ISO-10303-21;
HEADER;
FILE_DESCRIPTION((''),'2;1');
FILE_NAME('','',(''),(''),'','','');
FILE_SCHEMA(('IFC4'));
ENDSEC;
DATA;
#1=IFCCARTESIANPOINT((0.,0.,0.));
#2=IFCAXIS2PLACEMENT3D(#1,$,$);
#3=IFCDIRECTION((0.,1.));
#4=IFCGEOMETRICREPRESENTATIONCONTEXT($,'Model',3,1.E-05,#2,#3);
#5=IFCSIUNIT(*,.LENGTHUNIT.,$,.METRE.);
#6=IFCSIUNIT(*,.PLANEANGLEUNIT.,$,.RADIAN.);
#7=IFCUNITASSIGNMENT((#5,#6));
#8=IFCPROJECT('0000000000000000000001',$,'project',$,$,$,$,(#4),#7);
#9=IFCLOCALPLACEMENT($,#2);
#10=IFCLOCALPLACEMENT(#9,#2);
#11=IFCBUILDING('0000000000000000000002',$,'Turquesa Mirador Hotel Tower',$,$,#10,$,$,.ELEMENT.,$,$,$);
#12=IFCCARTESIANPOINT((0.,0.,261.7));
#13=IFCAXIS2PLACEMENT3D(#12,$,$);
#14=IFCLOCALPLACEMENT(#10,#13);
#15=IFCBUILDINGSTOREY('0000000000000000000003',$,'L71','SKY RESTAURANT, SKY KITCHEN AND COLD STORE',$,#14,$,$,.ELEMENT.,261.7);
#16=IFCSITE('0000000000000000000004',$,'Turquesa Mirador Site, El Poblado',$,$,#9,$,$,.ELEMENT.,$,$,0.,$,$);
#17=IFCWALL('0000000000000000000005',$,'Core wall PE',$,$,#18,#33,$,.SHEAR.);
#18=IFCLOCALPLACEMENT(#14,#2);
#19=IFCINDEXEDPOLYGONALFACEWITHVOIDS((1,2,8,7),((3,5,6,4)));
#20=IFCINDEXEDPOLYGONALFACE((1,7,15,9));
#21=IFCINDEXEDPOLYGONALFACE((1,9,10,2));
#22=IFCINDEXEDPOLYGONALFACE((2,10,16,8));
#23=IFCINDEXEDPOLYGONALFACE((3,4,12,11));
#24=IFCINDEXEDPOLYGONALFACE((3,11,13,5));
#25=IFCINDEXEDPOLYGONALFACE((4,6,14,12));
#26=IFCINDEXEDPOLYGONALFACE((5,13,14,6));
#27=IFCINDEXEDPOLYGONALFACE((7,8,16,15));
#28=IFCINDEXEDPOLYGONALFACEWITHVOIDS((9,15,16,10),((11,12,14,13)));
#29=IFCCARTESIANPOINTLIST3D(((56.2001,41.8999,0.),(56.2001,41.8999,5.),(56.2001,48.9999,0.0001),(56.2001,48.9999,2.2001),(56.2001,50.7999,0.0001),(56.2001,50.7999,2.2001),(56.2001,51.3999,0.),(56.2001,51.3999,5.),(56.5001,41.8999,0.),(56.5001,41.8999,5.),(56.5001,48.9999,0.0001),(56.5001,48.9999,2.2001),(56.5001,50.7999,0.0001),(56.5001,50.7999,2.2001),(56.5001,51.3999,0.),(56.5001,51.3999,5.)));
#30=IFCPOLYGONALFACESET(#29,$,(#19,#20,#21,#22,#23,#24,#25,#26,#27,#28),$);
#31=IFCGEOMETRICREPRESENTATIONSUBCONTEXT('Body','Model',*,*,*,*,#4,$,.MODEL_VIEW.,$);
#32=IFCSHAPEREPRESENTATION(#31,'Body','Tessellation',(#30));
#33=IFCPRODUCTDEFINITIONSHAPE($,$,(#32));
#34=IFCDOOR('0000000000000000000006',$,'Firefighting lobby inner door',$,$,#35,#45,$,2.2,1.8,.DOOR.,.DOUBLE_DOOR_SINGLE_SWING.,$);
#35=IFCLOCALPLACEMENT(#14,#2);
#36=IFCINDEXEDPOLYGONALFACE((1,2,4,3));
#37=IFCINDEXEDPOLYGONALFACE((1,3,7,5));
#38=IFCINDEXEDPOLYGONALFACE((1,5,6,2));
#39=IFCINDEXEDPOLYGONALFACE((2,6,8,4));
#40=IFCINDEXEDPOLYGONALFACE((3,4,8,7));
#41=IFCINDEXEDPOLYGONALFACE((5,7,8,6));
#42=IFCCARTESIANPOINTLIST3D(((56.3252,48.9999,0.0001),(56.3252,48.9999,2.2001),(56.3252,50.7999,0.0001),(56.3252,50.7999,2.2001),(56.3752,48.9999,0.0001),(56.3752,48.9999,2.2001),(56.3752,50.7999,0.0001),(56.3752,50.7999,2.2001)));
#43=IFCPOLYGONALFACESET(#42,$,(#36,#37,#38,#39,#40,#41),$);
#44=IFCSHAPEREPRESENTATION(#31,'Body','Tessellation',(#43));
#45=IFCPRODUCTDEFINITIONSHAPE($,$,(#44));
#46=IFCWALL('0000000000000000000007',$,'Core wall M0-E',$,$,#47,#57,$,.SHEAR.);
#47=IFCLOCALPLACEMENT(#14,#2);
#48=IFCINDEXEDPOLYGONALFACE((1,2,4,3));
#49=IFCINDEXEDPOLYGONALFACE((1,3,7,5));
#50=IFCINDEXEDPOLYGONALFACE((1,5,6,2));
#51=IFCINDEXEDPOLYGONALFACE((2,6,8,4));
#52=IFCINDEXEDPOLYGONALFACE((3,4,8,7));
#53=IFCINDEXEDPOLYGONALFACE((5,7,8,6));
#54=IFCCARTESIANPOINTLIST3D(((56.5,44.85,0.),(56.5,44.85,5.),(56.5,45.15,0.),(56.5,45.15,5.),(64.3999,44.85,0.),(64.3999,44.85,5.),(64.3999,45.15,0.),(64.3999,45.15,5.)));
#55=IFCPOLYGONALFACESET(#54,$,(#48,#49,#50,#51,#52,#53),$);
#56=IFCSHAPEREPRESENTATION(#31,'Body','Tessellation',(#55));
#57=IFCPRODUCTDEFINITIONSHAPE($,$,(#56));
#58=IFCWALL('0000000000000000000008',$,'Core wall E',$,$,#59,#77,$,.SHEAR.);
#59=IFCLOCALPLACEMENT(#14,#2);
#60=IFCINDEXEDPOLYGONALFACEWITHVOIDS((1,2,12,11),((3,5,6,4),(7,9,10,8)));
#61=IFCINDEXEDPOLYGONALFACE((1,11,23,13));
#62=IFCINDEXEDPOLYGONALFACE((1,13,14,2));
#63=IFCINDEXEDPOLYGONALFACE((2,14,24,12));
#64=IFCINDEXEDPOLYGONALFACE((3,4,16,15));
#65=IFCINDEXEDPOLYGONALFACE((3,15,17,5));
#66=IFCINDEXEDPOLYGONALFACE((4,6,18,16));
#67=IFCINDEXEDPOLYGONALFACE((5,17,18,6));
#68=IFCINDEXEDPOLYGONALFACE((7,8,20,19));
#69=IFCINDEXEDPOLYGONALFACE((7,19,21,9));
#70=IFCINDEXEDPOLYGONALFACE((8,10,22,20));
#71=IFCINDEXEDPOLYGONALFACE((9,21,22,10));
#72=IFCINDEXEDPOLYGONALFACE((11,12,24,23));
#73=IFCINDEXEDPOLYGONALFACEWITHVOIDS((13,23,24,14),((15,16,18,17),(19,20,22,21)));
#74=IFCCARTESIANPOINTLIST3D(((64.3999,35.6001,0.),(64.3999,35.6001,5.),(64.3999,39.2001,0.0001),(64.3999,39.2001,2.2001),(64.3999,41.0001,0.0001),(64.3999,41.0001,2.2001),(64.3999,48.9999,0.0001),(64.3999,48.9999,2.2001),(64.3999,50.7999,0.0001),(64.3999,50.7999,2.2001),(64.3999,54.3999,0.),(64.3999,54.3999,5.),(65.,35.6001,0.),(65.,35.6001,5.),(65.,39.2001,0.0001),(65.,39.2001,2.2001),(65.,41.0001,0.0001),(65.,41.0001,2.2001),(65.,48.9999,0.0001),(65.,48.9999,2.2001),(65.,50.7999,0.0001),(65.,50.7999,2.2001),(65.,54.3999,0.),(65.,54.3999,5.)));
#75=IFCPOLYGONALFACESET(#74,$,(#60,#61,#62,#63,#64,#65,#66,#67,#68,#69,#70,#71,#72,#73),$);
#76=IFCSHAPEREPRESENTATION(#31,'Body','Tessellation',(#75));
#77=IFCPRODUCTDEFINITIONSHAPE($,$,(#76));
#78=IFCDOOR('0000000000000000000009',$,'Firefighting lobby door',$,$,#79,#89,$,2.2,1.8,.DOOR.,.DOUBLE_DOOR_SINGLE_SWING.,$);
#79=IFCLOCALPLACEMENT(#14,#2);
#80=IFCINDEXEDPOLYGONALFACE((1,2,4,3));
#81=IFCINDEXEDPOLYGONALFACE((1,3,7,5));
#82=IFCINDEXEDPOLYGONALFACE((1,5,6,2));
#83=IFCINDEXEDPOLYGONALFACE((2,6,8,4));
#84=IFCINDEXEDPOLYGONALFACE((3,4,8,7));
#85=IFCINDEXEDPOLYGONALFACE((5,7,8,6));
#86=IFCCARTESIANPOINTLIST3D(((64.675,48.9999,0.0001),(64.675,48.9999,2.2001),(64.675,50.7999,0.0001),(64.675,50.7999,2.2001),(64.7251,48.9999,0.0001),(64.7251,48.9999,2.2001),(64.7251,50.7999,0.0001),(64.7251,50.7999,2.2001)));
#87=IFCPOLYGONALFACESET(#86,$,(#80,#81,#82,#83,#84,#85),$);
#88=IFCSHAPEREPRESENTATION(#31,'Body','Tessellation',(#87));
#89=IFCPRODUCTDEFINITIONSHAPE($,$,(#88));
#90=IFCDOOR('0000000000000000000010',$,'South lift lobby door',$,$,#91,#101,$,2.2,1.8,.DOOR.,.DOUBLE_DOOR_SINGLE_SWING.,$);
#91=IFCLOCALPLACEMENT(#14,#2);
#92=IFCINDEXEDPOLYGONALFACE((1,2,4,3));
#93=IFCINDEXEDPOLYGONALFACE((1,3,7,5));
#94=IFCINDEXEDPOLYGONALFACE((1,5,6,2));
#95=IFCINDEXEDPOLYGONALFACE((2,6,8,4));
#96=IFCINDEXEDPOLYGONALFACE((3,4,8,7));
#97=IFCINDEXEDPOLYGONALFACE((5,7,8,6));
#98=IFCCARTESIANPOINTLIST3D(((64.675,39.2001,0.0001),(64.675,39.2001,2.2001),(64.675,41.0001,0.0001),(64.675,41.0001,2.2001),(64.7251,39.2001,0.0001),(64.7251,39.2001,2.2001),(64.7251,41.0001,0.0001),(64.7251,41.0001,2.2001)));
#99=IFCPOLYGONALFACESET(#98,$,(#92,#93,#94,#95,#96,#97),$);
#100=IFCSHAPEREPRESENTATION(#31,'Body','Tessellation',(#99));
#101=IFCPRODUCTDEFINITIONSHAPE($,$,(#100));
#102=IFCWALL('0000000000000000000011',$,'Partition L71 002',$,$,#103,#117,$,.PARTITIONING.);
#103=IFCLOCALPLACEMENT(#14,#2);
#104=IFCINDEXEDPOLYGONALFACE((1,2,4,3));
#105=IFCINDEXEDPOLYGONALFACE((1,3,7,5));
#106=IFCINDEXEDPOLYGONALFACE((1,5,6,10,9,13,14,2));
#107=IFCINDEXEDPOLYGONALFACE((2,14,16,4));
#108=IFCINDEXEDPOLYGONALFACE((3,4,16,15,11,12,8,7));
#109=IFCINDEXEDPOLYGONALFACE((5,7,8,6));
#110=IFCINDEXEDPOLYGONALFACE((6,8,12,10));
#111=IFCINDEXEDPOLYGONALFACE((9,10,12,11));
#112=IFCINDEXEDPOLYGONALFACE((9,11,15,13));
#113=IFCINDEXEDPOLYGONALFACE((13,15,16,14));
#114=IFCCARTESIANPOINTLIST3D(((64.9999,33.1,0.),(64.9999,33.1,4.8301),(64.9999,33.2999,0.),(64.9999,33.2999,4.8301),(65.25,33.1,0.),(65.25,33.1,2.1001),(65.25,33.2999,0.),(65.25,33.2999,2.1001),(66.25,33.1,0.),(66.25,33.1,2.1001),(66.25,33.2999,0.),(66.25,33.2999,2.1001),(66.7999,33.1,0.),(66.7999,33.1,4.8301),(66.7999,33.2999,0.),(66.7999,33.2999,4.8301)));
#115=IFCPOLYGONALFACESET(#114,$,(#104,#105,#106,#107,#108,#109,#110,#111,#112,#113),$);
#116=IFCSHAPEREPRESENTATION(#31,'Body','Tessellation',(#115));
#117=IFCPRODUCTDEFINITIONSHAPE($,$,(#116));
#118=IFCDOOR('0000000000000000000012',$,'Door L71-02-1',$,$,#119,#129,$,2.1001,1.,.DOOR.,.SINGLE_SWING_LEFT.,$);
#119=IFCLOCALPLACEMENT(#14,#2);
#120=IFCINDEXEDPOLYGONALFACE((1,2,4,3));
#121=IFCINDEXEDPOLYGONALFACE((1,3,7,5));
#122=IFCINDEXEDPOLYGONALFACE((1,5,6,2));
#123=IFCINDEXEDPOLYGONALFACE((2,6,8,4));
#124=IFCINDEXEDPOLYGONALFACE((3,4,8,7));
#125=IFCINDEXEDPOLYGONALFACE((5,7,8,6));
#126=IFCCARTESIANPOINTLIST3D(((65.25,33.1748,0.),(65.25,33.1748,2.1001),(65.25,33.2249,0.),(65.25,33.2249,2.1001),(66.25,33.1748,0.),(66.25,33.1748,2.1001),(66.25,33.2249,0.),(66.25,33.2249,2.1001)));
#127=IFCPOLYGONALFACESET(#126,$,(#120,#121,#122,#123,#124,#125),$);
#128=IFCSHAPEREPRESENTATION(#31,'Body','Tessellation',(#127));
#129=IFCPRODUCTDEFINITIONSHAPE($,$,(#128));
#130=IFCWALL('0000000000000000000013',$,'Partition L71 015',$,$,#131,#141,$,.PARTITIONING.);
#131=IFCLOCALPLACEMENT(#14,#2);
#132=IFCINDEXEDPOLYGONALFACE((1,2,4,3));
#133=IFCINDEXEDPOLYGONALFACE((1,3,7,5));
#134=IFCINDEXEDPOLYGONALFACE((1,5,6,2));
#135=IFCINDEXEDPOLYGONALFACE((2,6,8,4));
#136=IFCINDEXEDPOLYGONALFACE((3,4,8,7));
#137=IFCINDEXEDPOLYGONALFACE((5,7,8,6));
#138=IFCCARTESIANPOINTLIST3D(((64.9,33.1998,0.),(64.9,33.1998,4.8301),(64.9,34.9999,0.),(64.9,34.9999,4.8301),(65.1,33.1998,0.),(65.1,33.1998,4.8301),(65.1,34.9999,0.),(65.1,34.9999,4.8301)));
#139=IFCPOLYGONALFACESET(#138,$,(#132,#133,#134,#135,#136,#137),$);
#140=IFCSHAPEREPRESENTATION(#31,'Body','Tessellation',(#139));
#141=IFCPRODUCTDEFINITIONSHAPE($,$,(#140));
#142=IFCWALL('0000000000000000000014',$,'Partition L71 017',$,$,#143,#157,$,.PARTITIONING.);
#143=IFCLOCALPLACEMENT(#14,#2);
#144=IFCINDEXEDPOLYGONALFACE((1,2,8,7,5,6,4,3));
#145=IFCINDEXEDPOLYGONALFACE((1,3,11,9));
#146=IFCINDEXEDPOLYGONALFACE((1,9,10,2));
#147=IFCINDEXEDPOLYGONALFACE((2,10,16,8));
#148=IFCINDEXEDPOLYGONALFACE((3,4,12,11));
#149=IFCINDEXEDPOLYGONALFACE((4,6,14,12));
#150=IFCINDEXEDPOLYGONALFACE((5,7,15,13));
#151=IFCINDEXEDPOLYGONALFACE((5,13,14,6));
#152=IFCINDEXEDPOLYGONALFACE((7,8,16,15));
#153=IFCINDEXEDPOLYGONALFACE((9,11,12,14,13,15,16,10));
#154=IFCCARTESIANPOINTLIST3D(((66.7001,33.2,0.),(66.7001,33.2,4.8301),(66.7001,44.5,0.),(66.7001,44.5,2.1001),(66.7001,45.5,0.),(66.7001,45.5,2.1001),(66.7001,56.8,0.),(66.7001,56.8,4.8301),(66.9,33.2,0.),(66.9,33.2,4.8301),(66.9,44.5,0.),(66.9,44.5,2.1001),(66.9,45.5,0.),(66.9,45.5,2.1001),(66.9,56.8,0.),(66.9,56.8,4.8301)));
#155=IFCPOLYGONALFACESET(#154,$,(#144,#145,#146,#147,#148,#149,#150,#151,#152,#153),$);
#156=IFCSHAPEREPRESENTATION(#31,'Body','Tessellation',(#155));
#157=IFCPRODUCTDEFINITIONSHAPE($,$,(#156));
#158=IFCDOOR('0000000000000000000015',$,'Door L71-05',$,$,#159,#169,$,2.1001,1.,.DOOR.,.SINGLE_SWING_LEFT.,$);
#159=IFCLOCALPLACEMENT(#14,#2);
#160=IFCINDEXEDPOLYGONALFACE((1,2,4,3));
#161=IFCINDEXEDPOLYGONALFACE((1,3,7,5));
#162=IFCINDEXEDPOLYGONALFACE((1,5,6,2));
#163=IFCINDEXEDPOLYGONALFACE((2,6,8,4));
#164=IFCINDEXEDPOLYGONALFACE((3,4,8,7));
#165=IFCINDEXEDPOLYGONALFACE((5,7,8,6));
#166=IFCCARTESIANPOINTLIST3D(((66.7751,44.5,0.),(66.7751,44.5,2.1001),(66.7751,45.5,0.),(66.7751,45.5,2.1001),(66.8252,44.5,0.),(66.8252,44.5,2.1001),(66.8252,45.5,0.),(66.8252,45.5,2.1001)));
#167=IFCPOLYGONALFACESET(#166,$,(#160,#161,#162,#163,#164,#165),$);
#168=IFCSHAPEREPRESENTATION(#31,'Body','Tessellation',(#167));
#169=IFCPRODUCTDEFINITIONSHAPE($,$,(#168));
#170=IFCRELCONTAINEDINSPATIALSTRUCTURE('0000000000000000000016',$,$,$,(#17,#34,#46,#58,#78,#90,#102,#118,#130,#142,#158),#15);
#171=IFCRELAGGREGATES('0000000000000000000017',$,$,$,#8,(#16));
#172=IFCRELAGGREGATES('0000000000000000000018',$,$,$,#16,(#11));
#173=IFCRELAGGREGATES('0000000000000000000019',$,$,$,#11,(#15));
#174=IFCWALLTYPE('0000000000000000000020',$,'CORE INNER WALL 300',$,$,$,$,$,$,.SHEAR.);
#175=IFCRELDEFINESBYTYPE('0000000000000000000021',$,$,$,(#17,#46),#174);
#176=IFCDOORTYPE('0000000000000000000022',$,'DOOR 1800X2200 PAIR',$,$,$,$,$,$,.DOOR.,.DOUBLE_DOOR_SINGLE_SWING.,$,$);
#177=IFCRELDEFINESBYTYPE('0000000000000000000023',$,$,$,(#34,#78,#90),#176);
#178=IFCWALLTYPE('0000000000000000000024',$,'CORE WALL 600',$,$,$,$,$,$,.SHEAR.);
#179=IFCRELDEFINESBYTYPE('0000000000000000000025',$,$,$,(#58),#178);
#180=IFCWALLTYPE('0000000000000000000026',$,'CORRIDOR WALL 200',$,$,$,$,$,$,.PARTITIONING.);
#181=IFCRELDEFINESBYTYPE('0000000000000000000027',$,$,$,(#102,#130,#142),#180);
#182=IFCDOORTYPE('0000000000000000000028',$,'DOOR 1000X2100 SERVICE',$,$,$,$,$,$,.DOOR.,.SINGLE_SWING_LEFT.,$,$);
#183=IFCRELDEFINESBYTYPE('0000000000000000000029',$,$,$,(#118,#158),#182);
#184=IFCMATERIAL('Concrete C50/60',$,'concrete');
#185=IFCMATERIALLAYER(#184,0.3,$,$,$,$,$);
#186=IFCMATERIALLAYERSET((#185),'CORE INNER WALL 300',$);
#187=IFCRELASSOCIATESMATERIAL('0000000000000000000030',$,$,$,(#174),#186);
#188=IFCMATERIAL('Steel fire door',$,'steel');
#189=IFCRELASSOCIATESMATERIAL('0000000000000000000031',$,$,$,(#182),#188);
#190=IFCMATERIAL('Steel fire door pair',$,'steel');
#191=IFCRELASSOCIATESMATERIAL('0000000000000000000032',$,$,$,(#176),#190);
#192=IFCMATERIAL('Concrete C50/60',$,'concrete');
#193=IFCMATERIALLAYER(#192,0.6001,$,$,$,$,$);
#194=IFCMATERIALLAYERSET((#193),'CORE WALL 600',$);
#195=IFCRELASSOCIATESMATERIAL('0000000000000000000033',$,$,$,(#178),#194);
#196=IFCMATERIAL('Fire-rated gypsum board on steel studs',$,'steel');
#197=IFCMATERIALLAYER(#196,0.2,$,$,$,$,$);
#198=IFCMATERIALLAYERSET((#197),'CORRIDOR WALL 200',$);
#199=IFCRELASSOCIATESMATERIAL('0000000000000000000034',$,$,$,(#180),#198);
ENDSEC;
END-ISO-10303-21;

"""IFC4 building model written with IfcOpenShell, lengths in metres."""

from ifc_helpers import new_model, si_unit, direction, frame, frame_2d, origin, place, context, subcontext, project, spatial, rectangle, extrude, material, layer, layer_set, type_object, element, fill, save


model = new_model("IFC4")

# Units and contexts
model_context = context("Model", 3, precision=1e-05, world=origin(), true_north=direction((0.0, 1.0)))
body_context = subcontext(model_context, "Body", "Model", "MODEL_VIEW")
ifc_project = project(units=[si_unit("LENGTHUNIT", "METRE"), si_unit("PLANEANGLEUNIT", "RADIAN")], contexts=[model_context])

# Site, building, storey
site_placement = place(None, origin())
site = spatial("IfcSite", under=ifc_project, at=site_placement, Name="Turquesa Mirador Site, El Poblado", CompositionType="ELEMENT", RefElevation=0.0)
building_placement = place(site_placement, origin())
building = spatial("IfcBuilding", under=site, at=building_placement, Name="Turquesa Mirador Hotel Tower", CompositionType="ELEMENT")
storey_placement = place(building_placement, frame((0.0, 0.0, 261.7)))
storey = spatial("IfcBuildingStorey", under=building, at=storey_placement, Name="L71", Description="SKY RESTAURANT, SKY KITCHEN AND COLD STORE", CompositionType="ELEMENT", Elevation=261.7)

# Wall, opening, door
ifc_material_1 = material(Name="Concrete C50/60", Category="concrete")
ifc_layer_1 = layer(ifc_material_1, 0.3)
ifc_layer_set_1 = layer_set([ifc_layer_1], Name="CORE INNER WALL 300")
wall_type_1 = type_object("IfcWallType", Name="CORE INNER WALL 300", PredefinedType="SHEAR", material=ifc_layer_set_1)
ifc_material_2 = material(Name="Steel fire door", Category="steel")
door_type_1 = type_object("IfcDoorType", Name="DOOR 1000X2100 SERVICE", OperationType="SINGLE_SWING_LEFT", PredefinedType="DOOR", material=ifc_material_2)
wall_1_placement = place(storey_placement, frame((56.3501, 41.8999, 0.0), z_axis=(0.0, 0.0, 1.0), x_axis=(0.0, 1.0, 0.0)))
wall_1 = element("IfcWall", 1, at=wall_1_placement, inside=storey, type_object=wall_type_1, Name="Core wall PE", PredefinedType="SHEAR", context=body_context, shape_type="SweptSolid", body=[
    extrude(rectangle(XDim=9.5, YDim=0.3, at=frame_2d((4.75, 0.0))), origin(), (0.0, 0.0, 1.0), 5.0),
])
opening_1_placement = place(wall_1_placement, frame((7.1001, 0.0, 0.0)))
opening_1 = element("IfcOpeningElement", 2, at=opening_1_placement, cuts=wall_1, PredefinedType="OPENING", context=body_context, shape_type="SweptSolid", body=[
    extrude(rectangle(XDim=1.8, YDim=2.2, at=frame_2d((0.8999, 1.1001))), frame((0.0, 0.1599, 0.0), z_axis=(0.0, -1.0, 0.0), x_axis=(1.0, 0.0, 0.0)), (0.0, 0.0, 1.0), 0.3201),
])
ifc_material_3 = material(Name="Steel fire door pair", Category="steel")
door_type_2 = type_object("IfcDoorType", Name="DOOR 1800X2200 PAIR", OperationType="DOUBLE_DOOR_SINGLE_SWING", PredefinedType="DOOR", material=ifc_material_3)
door_1_placement = place(opening_1_placement, origin())
door_1 = element("IfcDoor", 3, at=door_1_placement, inside=storey, type_object=door_type_2, Name="Firefighting lobby inner door", OperationType="DOUBLE_DOOR_SINGLE_SWING", OverallHeight=2.2, OverallWidth=1.8, PredefinedType="DOOR", context=body_context, shape_type="SweptSolid", body=[
    extrude(rectangle(XDim=1.8, YDim=2.2, at=frame_2d((0.8999, 1.1001))), frame((0.0, 0.0249, 0.0), z_axis=(0.0, -1.0, 0.0), x_axis=(1.0, 0.0, 0.0)), (0.0, 0.0, 1.0), 0.05),
])
fill(opening_1, door_1)

# Wall
wall_2_placement = place(storey_placement, frame((56.5, 45.0, 0.0), z_axis=(0.0, 0.0, 1.0), x_axis=(1.0, 0.0, 0.0)))
element("IfcWall", 4, at=wall_2_placement, inside=storey, type_object=wall_type_1, Name="Core wall M0-E", PredefinedType="SHEAR", context=body_context, shape_type="SweptSolid", body=[
    extrude(rectangle(XDim=7.8999, YDim=0.3, at=frame_2d((3.95, 0.0))), origin(), (0.0, 0.0, 1.0), 5.0),
])

# Wall, openings, doors
ifc_material_4 = material(Name="Concrete C50/60", Category="concrete")
ifc_layer_2 = layer(ifc_material_4, 0.6001)
ifc_layer_set_2 = layer_set([ifc_layer_2], Name="CORE WALL 600")
wall_type_2 = type_object("IfcWallType", Name="CORE WALL 600", PredefinedType="SHEAR", material=ifc_layer_set_2)
wall_3_placement = place(storey_placement, frame((64.7, 35.6001, 0.0), z_axis=(0.0, 0.0, 1.0), x_axis=(0.0, 1.0, 0.0)))
wall_3 = element("IfcWall", 5, at=wall_3_placement, inside=storey, type_object=wall_type_2, Name="Core wall E", PredefinedType="SHEAR", context=body_context, shape_type="SweptSolid", body=[
    extrude(rectangle(XDim=18.7998, YDim=0.6001, at=frame_2d((9.3999, 0.0))), origin(), (0.0, 0.0, 1.0), 5.0),
])
opening_2_placement = place(wall_3_placement, frame((13.3999, 0.0, 0.0)))
opening_2 = element("IfcOpeningElement", 6, at=opening_2_placement, cuts=wall_3, PredefinedType="OPENING", context=body_context, shape_type="SweptSolid", body=[
    extrude(rectangle(XDim=1.8, YDim=2.2, at=frame_2d((0.8999, 1.1001))), frame((0.0, 0.3101, 0.0), z_axis=(0.0, -1.0, 0.0), x_axis=(1.0, 0.0, 0.0)), (0.0, 0.0, 1.0), 0.6201),
])
opening_3_placement = place(wall_3_placement, frame((3.6001, 0.0, 0.0)))
opening_3 = element("IfcOpeningElement", 7, at=opening_3_placement, cuts=wall_3, PredefinedType="OPENING", context=body_context, shape_type="SweptSolid", body=[
    extrude(rectangle(XDim=1.8, YDim=2.2, at=frame_2d((0.8999, 1.1001))), frame((0.0, 0.3101, 0.0), z_axis=(0.0, -1.0, 0.0), x_axis=(1.0, 0.0, 0.0)), (0.0, 0.0, 1.0), 0.6201),
])
door_2_placement = place(opening_2_placement, origin())
door_2 = element("IfcDoor", 8, at=door_2_placement, inside=storey, type_object=door_type_2, Name="Firefighting lobby door", OperationType="DOUBLE_DOOR_SINGLE_SWING", OverallHeight=2.2, OverallWidth=1.8, PredefinedType="DOOR", context=body_context, shape_type="SweptSolid", body=[
    extrude(rectangle(XDim=1.8, YDim=2.2, at=frame_2d((0.8999, 1.1001))), frame((0.0, 0.0249, 0.0), z_axis=(0.0, -1.0, 0.0), x_axis=(1.0, 0.0, 0.0)), (0.0, 0.0, 1.0), 0.05),
])
fill(opening_2, door_2)
door_3_placement = place(opening_3_placement, origin())
door_3 = element("IfcDoor", 9, at=door_3_placement, inside=storey, type_object=door_type_2, Name="South lift lobby door", OperationType="DOUBLE_DOOR_SINGLE_SWING", OverallHeight=2.2, OverallWidth=1.8, PredefinedType="DOOR", context=body_context, shape_type="SweptSolid", body=[
    extrude(rectangle(XDim=1.8, YDim=2.2, at=frame_2d((0.8999, 1.1001))), frame((0.0, 0.0249, 0.0), z_axis=(0.0, -1.0, 0.0), x_axis=(1.0, 0.0, 0.0)), (0.0, 0.0, 1.0), 0.05),
])
fill(opening_3, door_3)

# Wall, opening, door
ifc_material_5 = material(Name="Fire-rated gypsum board on steel studs", Category="steel")
ifc_layer_3 = layer(ifc_material_5, 0.2)
ifc_layer_set_3 = layer_set([ifc_layer_3], Name="CORRIDOR WALL 200")
wall_type_3 = type_object("IfcWallType", Name="CORRIDOR WALL 200", PredefinedType="PARTITIONING", material=ifc_layer_set_3)
wall_4_placement = place(storey_placement, frame((65.0, 33.2, 0.0), z_axis=(0.0, 0.0, 1.0), x_axis=(1.0, 0.0, 0.0)))
wall_4 = element("IfcWall", 10, at=wall_4_placement, inside=storey, type_object=wall_type_3, Name="Partition L71 002", PredefinedType="PARTITIONING", context=body_context, shape_type="SweptSolid", body=[
    extrude(rectangle(XDim=1.8, YDim=0.2, at=frame_2d((0.8999, 0.0))), origin(), (0.0, 0.0, 1.0), 4.8301),
])
opening_4_placement = place(wall_4_placement, frame((0.25, 0.0, 0.0)))
opening_4 = element("IfcOpeningElement", 11, at=opening_4_placement, cuts=wall_4, PredefinedType="OPENING", context=body_context, shape_type="SweptSolid", body=[
    extrude(rectangle(XDim=1.0, YDim=2.1001, at=frame_2d((0.5, 1.05))), frame((0.0, 0.1099, 0.0), z_axis=(0.0, -1.0, 0.0), x_axis=(1.0, 0.0, 0.0)), (0.0, 0.0, 1.0), 0.22),
])
door_4_placement = place(opening_4_placement, origin())
door_4 = element("IfcDoor", 12, at=door_4_placement, inside=storey, type_object=door_type_1, Name="Door L71-02-1", OperationType="SINGLE_SWING_LEFT", OverallHeight=2.1001, OverallWidth=1.0, PredefinedType="DOOR", context=body_context, shape_type="SweptSolid", body=[
    extrude(rectangle(XDim=1.0, YDim=2.1001, at=frame_2d((0.5, 1.05))), frame((0.0, 0.0249, 0.0), z_axis=(0.0, -1.0, 0.0), x_axis=(1.0, 0.0, 0.0)), (0.0, 0.0, 1.0), 0.05),
])
fill(opening_4, door_4)

# Wall
wall_5_placement = place(storey_placement, frame((65.0, 33.2, 0.0), z_axis=(0.0, 0.0, 1.0), x_axis=(0.0, 1.0, 0.0)))
element("IfcWall", 13, at=wall_5_placement, inside=storey, type_object=wall_type_3, Name="Partition L71 015", PredefinedType="PARTITIONING", context=body_context, shape_type="SweptSolid", body=[
    extrude(rectangle(XDim=1.8, YDim=0.2, at=frame_2d((0.8999, 0.0))), origin(), (0.0, 0.0, 1.0), 4.8301),
])

# Wall, opening, door
wall_6_placement = place(storey_placement, frame((66.8, 33.2, 0.0), z_axis=(0.0, 0.0, 1.0), x_axis=(0.0, 1.0, 0.0)))
wall_6 = element("IfcWall", 14, at=wall_6_placement, inside=storey, type_object=wall_type_3, Name="Partition L71 017", PredefinedType="PARTITIONING", context=body_context, shape_type="SweptSolid", body=[
    extrude(rectangle(XDim=23.6001, YDim=0.2, at=frame_2d((11.8, 0.0))), origin(), (0.0, 0.0, 1.0), 4.8301),
])
opening_5_placement = place(wall_6_placement, frame((11.3, 0.0, 0.0)))
opening_5 = element("IfcOpeningElement", 15, at=opening_5_placement, cuts=wall_6, PredefinedType="OPENING", context=body_context, shape_type="SweptSolid", body=[
    extrude(rectangle(XDim=1.0, YDim=2.1001, at=frame_2d((0.5, 1.05))), frame((0.0, 0.1099, 0.0), z_axis=(0.0, -1.0, 0.0), x_axis=(1.0, 0.0, 0.0)), (0.0, 0.0, 1.0), 0.22),
])
door_5_placement = place(opening_5_placement, origin())
door_5 = element("IfcDoor", 16, at=door_5_placement, inside=storey, type_object=door_type_1, Name="Door L71-05", OperationType="SINGLE_SWING_LEFT", OverallHeight=2.1001, OverallWidth=1.0, PredefinedType="DOOR", context=body_context, shape_type="SweptSolid", body=[
    extrude(rectangle(XDim=1.0, YDim=2.1001, at=frame_2d((0.5, 1.05))), frame((0.0, 0.0249, 0.0), z_axis=(0.0, -1.0, 0.0), x_axis=(1.0, 0.0, 0.0)), (0.0, 0.0, 1.0), 0.05),
])
fill(opening_5, door_5)

save(model, "model.ifc")
